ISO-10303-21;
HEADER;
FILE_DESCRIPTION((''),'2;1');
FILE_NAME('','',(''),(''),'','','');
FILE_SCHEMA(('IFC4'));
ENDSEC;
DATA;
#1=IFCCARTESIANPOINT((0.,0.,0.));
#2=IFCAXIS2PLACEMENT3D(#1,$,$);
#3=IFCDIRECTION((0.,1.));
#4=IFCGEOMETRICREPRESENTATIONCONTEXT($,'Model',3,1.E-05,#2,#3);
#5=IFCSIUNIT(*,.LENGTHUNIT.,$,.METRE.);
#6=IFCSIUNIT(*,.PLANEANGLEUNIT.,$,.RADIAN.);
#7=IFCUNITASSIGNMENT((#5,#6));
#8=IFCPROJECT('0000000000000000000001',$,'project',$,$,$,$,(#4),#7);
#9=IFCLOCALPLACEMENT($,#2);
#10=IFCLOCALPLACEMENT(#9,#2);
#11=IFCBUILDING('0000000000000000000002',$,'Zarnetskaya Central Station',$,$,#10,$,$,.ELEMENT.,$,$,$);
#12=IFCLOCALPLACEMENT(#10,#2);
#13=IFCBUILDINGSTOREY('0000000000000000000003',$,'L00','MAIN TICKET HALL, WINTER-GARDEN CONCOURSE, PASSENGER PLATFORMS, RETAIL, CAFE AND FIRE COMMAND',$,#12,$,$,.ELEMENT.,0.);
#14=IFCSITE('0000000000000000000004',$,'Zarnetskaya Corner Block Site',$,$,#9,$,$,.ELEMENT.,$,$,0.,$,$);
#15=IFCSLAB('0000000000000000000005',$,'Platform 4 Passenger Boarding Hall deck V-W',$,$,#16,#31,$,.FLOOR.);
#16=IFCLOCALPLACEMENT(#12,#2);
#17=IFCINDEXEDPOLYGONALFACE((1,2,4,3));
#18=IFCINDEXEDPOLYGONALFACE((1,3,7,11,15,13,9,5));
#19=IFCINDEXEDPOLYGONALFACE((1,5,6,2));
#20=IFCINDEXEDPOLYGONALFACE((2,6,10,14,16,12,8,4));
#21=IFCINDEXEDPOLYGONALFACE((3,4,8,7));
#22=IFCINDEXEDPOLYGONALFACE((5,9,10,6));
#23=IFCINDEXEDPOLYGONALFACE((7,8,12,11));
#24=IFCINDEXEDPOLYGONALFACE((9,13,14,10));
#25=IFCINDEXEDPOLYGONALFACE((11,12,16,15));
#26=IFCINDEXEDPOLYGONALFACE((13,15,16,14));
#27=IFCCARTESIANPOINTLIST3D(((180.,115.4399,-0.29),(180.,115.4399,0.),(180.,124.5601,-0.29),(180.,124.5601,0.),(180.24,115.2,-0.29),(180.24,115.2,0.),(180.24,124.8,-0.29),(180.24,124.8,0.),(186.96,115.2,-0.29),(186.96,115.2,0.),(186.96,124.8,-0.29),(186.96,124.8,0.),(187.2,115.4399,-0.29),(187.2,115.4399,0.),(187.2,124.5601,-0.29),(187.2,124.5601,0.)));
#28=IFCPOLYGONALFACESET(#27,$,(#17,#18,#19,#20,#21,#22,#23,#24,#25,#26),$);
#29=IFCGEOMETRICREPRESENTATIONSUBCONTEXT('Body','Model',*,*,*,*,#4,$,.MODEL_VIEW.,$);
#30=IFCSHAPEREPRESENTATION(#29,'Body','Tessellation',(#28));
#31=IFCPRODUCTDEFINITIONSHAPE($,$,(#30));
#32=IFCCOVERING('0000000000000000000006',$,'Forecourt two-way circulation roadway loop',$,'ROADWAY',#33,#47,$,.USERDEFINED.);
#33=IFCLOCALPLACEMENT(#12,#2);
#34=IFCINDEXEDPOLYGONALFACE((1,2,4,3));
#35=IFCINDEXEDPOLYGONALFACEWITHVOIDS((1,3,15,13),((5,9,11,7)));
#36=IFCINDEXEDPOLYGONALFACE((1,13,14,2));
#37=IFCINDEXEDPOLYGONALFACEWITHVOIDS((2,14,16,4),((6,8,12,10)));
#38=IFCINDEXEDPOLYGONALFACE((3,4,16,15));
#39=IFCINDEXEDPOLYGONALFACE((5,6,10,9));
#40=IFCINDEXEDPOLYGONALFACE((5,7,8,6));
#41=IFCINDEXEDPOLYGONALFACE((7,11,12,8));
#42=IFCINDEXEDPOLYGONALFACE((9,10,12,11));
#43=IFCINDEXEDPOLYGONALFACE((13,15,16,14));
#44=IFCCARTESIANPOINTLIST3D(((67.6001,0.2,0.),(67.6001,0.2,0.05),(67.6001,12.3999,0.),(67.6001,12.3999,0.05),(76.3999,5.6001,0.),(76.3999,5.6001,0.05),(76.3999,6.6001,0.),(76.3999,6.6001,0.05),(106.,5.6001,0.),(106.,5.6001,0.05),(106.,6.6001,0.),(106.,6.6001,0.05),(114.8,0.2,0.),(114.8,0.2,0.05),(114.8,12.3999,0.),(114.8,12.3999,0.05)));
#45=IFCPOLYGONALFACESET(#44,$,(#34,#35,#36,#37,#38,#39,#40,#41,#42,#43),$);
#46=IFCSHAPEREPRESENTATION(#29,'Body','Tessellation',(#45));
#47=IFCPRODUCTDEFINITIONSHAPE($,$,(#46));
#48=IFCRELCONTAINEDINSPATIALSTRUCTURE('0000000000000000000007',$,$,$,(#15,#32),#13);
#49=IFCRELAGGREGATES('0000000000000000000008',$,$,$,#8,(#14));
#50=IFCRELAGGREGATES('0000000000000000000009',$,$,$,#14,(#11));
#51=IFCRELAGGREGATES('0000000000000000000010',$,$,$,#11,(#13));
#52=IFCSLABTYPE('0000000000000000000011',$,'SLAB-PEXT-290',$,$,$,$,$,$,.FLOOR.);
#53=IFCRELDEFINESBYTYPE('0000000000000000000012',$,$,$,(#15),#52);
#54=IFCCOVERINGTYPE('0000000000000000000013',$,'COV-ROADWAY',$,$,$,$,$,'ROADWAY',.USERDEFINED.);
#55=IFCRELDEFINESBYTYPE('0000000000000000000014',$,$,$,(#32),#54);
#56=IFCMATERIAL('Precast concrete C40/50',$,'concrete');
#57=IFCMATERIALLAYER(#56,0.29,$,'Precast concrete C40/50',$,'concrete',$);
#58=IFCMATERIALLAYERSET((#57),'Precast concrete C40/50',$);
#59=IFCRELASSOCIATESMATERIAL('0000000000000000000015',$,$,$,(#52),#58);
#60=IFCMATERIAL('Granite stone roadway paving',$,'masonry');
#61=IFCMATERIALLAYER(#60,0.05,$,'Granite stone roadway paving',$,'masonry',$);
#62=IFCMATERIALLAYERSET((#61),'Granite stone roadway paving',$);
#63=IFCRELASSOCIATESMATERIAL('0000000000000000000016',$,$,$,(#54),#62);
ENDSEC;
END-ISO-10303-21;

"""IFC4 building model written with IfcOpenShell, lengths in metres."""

from ifc_helpers import new_model, si_unit, direction, frame, origin, place, context, subcontext, project, spatial, polyline, outline, extrude, material, layer, layer_set, type_object, element, save


model = new_model("IFC4")

# Units and contexts
model_context = context("Model", 3, precision=1e-05, world=origin(), true_north=direction((0.0, 1.0)))
body_context = subcontext(model_context, "Body", "Model", "MODEL_VIEW")
ifc_project = project(units=[si_unit("LENGTHUNIT", "METRE"), si_unit("PLANEANGLEUNIT", "RADIAN")], contexts=[model_context])

# Site, building, storey
site_placement = place(None, origin())
site = spatial("IfcSite", under=ifc_project, at=site_placement, Name="Zarnetskaya Corner Block Site", CompositionType="ELEMENT", RefElevation=0.0)
building_placement = place(site_placement, origin())
building = spatial("IfcBuilding", under=site, at=building_placement, Name="Zarnetskaya Central Station", CompositionType="ELEMENT")
storey_placement = place(building_placement, origin())
storey = spatial("IfcBuildingStorey", under=building, at=storey_placement, Name="L00", Description="MAIN TICKET HALL, WINTER-GARDEN CONCOURSE, PASSENGER PLATFORMS, RETAIL, CAFE AND FIRE COMMAND", CompositionType="ELEMENT", Elevation=0.0)

# Slab
ifc_material_1 = material(Name="Precast concrete C40/50", Category="concrete")
ifc_layer_1 = layer(ifc_material_1, 0.29, Name="Precast concrete C40/50", Category="concrete")
ifc_layer_set_1 = layer_set([ifc_layer_1], Name="Precast concrete C40/50")
slab_type = type_object("IfcSlabType", Name="SLAB-PEXT-290", PredefinedType="FLOOR", material=ifc_layer_set_1)
slab_1_placement = place(storey_placement, frame((0.0, 0.0, -0.29)))
element("IfcSlab", 1, at=slab_1_placement, inside=storey, type_object=slab_type, Name="Platform 4 Passenger Boarding Hall deck V-W", PredefinedType="FLOOR", context=body_context, shape_type="SweptSolid", body=[
    extrude(outline(polyline([(180.24, 115.2), (186.96, 115.2), (187.2, 115.4399), (187.2, 124.5601), (186.96, 124.8), (180.24, 124.8), (180.0, 124.5601), (180.0, 115.4399), (180.24, 115.2)])), origin(), (0.0, 0.0, 1.0), 0.29),
])

# Covering
ifc_material_2 = material(Name="Granite stone roadway paving", Category="masonry")
ifc_layer_2 = layer(ifc_material_2, 0.05, Name="Granite stone roadway paving", Category="masonry")
ifc_layer_set_2 = layer_set([ifc_layer_2], Name="Granite stone roadway paving")
covering_type = type_object("IfcCoveringType", Name="COV-ROADWAY", ElementType="ROADWAY", PredefinedType="USERDEFINED", material=ifc_layer_set_2)
covering_placement = place(storey_placement, origin())
element("IfcCovering", 2, at=covering_placement, inside=storey, type_object=covering_type, Name="Forecourt two-way circulation roadway loop", ObjectType="ROADWAY", PredefinedType="USERDEFINED", context=body_context, shape_type="SweptSolid", body=[
    extrude(outline(polyline([(67.6001, 0.2), (114.8, 0.2), (114.8, 12.3999), (67.6001, 12.3999), (67.6001, 0.2)]), holes=[polyline([(76.3999, 5.6001), (106.0, 5.6001), (106.0, 6.6001), (76.3999, 6.6001), (76.3999, 5.6001)])]), origin(), (0.0, 0.0, 1.0), 0.05),
])

save(model, "model.ifc")
